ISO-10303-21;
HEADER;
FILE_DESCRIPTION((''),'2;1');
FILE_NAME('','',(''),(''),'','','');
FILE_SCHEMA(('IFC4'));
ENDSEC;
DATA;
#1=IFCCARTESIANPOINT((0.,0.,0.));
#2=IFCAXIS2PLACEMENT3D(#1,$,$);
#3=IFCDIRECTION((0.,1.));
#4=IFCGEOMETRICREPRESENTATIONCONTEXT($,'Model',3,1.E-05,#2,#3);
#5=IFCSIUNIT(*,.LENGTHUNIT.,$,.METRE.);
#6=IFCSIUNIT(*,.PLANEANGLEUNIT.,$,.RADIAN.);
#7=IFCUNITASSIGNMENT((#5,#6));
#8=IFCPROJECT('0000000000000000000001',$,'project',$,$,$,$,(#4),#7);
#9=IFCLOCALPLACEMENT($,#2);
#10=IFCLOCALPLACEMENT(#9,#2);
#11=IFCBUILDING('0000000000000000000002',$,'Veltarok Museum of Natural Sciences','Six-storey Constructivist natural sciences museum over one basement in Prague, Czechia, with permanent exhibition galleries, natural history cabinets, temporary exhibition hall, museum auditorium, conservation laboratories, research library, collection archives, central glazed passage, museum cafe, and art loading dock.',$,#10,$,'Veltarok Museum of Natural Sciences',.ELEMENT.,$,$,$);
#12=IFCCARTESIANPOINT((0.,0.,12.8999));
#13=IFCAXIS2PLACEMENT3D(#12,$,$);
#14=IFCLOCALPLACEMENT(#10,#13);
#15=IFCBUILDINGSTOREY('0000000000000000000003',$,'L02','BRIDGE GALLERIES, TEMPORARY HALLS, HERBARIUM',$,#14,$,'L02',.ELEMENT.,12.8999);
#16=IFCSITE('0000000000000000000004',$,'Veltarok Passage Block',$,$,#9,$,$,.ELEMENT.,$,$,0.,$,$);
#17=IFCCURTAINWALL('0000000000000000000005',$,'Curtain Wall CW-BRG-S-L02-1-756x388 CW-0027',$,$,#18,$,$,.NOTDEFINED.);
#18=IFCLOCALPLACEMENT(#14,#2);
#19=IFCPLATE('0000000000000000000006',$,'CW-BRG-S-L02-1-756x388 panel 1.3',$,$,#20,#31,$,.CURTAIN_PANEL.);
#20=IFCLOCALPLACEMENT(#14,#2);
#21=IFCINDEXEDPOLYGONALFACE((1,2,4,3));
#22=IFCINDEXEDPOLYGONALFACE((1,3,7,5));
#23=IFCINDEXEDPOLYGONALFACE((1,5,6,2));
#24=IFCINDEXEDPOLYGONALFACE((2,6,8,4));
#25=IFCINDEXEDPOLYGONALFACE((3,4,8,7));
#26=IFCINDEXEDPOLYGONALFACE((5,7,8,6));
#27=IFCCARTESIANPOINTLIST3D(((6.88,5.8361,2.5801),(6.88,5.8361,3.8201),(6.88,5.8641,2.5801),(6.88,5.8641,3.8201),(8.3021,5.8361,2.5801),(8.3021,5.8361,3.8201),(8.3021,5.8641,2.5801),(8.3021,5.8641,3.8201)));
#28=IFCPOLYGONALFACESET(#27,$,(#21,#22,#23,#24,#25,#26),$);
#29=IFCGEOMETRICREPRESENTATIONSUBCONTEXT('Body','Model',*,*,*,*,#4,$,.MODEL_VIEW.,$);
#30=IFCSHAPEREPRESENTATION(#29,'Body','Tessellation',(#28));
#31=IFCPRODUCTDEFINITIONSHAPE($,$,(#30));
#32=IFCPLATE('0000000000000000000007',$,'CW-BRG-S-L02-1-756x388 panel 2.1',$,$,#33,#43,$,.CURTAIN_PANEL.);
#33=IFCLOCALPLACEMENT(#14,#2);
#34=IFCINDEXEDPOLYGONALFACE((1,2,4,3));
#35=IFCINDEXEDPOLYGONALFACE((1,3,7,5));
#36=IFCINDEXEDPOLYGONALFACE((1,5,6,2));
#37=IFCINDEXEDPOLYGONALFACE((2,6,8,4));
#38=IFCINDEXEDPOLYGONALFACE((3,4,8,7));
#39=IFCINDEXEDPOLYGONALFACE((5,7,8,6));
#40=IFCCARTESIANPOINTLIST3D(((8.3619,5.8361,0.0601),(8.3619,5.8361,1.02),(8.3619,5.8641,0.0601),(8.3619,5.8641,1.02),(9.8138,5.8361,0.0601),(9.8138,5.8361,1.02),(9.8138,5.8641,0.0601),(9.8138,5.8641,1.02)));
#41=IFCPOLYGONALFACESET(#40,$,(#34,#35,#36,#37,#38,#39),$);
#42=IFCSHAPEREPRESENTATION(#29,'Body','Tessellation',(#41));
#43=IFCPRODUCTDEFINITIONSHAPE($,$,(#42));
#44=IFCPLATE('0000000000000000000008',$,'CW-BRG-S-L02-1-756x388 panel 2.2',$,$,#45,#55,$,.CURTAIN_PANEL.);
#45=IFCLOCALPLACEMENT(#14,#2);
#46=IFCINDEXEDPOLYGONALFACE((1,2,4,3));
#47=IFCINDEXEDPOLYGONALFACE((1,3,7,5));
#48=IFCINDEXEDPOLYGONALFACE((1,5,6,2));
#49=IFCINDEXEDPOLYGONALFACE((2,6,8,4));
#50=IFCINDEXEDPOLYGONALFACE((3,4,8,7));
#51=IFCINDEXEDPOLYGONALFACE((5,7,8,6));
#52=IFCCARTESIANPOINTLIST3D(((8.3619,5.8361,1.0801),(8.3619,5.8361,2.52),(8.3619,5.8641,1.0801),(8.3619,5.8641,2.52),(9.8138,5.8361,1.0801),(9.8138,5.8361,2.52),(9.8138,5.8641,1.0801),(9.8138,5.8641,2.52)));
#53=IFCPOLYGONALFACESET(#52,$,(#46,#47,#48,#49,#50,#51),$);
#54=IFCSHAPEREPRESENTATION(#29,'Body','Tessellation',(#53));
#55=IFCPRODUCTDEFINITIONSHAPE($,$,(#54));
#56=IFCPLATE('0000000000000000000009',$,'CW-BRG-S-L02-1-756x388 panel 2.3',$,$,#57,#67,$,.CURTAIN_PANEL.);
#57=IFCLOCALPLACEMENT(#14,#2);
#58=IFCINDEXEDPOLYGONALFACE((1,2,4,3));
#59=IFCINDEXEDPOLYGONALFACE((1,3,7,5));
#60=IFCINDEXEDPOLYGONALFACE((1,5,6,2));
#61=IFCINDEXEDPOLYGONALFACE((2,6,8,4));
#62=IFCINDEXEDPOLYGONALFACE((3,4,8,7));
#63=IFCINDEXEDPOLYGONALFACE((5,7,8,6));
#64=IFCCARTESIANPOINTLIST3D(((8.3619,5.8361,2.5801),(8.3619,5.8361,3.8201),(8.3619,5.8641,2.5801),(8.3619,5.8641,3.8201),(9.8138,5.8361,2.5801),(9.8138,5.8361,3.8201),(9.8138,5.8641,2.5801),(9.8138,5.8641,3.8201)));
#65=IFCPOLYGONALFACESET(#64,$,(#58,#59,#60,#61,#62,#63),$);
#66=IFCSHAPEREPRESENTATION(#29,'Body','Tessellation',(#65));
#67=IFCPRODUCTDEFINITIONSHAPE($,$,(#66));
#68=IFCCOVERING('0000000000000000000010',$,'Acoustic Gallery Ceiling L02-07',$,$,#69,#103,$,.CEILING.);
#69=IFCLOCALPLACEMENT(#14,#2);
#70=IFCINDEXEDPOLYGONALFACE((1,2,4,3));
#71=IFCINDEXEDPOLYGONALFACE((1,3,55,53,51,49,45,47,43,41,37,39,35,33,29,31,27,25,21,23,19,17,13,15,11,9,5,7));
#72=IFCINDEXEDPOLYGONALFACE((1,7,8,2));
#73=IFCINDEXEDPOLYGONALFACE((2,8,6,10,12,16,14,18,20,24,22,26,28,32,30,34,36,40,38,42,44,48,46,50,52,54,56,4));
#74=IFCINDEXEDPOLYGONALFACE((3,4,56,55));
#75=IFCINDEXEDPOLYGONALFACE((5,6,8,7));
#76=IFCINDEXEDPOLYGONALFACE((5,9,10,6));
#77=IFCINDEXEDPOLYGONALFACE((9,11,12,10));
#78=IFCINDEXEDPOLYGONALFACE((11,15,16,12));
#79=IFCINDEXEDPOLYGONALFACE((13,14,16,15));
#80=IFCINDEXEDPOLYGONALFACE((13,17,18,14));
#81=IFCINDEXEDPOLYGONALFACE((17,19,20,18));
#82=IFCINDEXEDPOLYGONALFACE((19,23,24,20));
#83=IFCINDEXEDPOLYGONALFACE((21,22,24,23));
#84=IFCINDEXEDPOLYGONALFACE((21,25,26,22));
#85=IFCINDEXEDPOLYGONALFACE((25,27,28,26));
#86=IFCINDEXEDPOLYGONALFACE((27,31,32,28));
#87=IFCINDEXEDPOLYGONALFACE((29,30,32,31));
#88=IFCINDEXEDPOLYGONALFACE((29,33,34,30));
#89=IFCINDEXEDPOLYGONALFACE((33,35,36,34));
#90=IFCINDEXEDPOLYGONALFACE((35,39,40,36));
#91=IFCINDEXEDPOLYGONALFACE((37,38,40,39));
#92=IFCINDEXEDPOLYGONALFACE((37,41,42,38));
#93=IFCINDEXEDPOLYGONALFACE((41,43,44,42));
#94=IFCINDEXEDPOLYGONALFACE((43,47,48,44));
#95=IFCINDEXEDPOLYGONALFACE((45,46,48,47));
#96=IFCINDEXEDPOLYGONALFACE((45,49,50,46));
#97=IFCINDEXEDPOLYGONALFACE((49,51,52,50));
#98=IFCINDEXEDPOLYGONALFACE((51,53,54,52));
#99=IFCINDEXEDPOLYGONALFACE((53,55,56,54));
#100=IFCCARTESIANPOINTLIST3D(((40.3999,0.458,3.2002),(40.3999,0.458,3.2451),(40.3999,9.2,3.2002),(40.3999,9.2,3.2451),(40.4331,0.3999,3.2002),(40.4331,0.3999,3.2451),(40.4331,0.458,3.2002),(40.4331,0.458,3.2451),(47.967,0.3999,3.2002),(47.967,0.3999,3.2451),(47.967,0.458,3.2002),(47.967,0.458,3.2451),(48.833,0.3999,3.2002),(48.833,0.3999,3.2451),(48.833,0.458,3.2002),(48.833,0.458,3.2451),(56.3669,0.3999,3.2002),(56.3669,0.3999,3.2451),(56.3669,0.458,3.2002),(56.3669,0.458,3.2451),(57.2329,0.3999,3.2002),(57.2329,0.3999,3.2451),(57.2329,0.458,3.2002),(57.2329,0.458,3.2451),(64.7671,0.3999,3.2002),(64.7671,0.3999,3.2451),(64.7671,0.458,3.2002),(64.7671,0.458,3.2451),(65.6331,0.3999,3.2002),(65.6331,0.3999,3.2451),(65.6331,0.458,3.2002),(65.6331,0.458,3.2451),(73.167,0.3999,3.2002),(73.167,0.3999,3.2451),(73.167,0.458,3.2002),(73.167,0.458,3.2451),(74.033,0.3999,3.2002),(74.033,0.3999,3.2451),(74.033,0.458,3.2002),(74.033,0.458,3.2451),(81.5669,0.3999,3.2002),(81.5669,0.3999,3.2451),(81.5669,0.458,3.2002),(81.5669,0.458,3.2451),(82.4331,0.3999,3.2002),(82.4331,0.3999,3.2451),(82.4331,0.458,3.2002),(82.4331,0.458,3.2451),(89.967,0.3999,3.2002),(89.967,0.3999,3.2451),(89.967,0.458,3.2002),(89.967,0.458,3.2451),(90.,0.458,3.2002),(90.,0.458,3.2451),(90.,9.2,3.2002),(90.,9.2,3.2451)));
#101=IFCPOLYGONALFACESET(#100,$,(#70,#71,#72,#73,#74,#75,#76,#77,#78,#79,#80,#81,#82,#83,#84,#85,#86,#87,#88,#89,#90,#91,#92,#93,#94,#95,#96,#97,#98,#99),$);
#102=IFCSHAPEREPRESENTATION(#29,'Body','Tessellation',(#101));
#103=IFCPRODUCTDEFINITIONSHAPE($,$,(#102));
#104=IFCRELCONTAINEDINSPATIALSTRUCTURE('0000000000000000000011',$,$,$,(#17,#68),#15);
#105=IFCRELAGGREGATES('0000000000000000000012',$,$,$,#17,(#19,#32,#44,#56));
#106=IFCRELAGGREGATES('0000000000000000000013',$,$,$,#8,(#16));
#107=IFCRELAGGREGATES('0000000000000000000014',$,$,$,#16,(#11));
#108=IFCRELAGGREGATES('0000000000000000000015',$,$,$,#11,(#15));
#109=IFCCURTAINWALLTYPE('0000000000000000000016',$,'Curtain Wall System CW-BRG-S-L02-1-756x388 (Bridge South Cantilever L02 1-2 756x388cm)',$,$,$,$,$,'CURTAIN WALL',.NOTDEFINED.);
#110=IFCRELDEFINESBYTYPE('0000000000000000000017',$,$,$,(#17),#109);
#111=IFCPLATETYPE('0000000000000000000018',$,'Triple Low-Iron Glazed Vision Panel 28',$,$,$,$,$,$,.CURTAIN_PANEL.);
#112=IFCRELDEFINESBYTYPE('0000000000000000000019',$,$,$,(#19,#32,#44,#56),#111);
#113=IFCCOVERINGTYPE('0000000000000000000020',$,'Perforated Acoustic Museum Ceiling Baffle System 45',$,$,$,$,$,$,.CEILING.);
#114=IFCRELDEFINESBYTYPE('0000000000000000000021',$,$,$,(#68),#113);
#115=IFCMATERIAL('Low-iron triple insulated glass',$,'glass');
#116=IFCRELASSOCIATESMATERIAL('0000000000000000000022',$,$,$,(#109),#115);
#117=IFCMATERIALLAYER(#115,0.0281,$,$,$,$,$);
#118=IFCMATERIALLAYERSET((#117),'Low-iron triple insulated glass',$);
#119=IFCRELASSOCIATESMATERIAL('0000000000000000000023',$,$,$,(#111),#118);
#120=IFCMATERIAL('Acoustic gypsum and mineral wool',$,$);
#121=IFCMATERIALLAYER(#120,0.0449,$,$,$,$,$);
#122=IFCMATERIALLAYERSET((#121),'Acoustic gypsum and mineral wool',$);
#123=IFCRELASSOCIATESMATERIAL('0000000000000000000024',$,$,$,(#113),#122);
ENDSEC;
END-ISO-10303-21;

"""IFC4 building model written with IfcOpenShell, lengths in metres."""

from ifc_helpers import new_model, si_unit, direction, frame, origin, origin_2d, place, context, subcontext, project, spatial, polyline, rectangle, outline, extrude, material, layer, layer_set, type_object, element, aggregate, save


model = new_model("IFC4")

# Units and contexts
model_context = context("Model", 3, precision=1e-05, world=origin(), true_north=direction((0.0, 1.0)))
body_context = subcontext(model_context, "Body", "Model", "MODEL_VIEW")
ifc_project = project(units=[si_unit("LENGTHUNIT", "METRE"), si_unit("PLANEANGLEUNIT", "RADIAN")], contexts=[model_context])

# Site, building, storey
site_placement = place(None, origin())
site = spatial("IfcSite", under=ifc_project, at=site_placement, Name="Veltarok Passage Block", CompositionType="ELEMENT", RefElevation=0.0)
building_placement = place(site_placement, origin())
building = spatial("IfcBuilding", under=site, at=building_placement, Name="Veltarok Museum of Natural Sciences", Description="Six-storey Constructivist natural sciences museum over one basement in Prague, Czechia, with permanent exhibition galleries, natural history cabinets, temporary exhibition hall, museum auditorium, conservation laboratories, research library, collection archives, central glazed passage, museum cafe, and art loading dock.", LongName="Veltarok Museum of Natural Sciences", CompositionType="ELEMENT")
storey_placement = place(building_placement, frame((0.0, 0.0, 12.8999)))
storey = spatial("IfcBuildingStorey", under=building, at=storey_placement, Name="L02", Description="BRIDGE GALLERIES, TEMPORARY HALLS, HERBARIUM", LongName="L02", CompositionType="ELEMENT", Elevation=12.8999)

# Curtain wall
ifc_material_1 = material(Name="Low-iron triple insulated glass", Category="glass")
curtain_wall_type = type_object("IfcCurtainWallType", Name="Curtain Wall System CW-BRG-S-L02-1-756x388 (Bridge South Cantilever L02 1-2 756x388cm)", ElementType="CURTAIN WALL", PredefinedType="NOTDEFINED", material=ifc_material_1)
curtain_wall_placement = place(storey_placement, origin())
curtain_wall = element("IfcCurtainWall", 1, at=curtain_wall_placement, inside=storey, type_object=curtain_wall_type, Name="Curtain Wall CW-BRG-S-L02-1-756x388 CW-0027", PredefinedType="NOTDEFINED")

# Plates
ifc_layer_1 = layer(ifc_material_1, 0.0281)
ifc_layer_set_1 = layer_set([ifc_layer_1], Name="Low-iron triple insulated glass")
plate_type_1 = type_object("IfcPlateType", Name="Triple Low-Iron Glazed Vision Panel 28", PredefinedType="CURTAIN_PANEL", material=ifc_layer_set_1)
plate_1_placement = place(storey_placement, frame((7.5911, 5.8501, 2.5801), z_axis=(0.0, 0.0, 1.0), x_axis=(1.0, 0.0, 0.0)))
plate_1 = element("IfcPlate", 2, at=plate_1_placement, type_object=plate_type_1, Name="CW-BRG-S-L02-1-756x388 panel 1.3", PredefinedType="CURTAIN_PANEL", context=body_context, shape_type="SweptSolid", body=[
    extrude(rectangle(XDim=1.4221, YDim=0.0281, at=origin_2d()), origin(), (0.0, 0.0, 1.0), 1.24),
])
plate_2_placement = place(storey_placement, frame((9.0879, 5.8501, 0.0601), z_axis=(0.0, 0.0, 1.0), x_axis=(1.0, 0.0, 0.0)))
plate_2 = element("IfcPlate", 3, at=plate_2_placement, type_object=plate_type_1, Name="CW-BRG-S-L02-1-756x388 panel 2.1", PredefinedType="CURTAIN_PANEL", context=body_context, shape_type="SweptSolid", body=[
    extrude(rectangle(XDim=1.4519, YDim=0.0281, at=origin_2d()), origin(), (0.0, 0.0, 1.0), 0.96),
])
plate_3_placement = place(storey_placement, frame((9.0879, 5.8501, 1.0801), z_axis=(0.0, 0.0, 1.0), x_axis=(1.0, 0.0, 0.0)))
plate_3 = element("IfcPlate", 4, at=plate_3_placement, type_object=plate_type_1, Name="CW-BRG-S-L02-1-756x388 panel 2.2", PredefinedType="CURTAIN_PANEL", context=body_context, shape_type="SweptSolid", body=[
    extrude(rectangle(XDim=1.4519, YDim=0.0281, at=origin_2d()), origin(), (0.0, 0.0, 1.0), 1.4399),
])
plate_4_placement = place(storey_placement, frame((9.0879, 5.8501, 2.5801), z_axis=(0.0, 0.0, 1.0), x_axis=(1.0, 0.0, 0.0)))
plate_4 = element("IfcPlate", 5, at=plate_4_placement, type_object=plate_type_1, Name="CW-BRG-S-L02-1-756x388 panel 2.3", PredefinedType="CURTAIN_PANEL", context=body_context, shape_type="SweptSolid", body=[
    extrude(rectangle(XDim=1.4519, YDim=0.0281, at=origin_2d()), origin(), (0.0, 0.0, 1.0), 1.24),
])
aggregate(curtain_wall, [plate_1, plate_2, plate_3, plate_4])

# Covering
ifc_material_2 = material(Name="Acoustic gypsum and mineral wool")
ifc_layer_2 = layer(ifc_material_2, 0.0449)
ifc_layer_set_2 = layer_set([ifc_layer_2], Name="Acoustic gypsum and mineral wool")
covering_type = type_object("IfcCoveringType", Name="Perforated Acoustic Museum Ceiling Baffle System 45", PredefinedType="CEILING", material=ifc_layer_set_2)
covering_1_placement = place(storey_placement, frame((0.0, 0.0, 3.2002)))
element("IfcCovering", 6, at=covering_1_placement, inside=storey, type_object=covering_type, Name="Acoustic Gallery Ceiling L02-07", PredefinedType="CEILING", context=body_context, shape_type="SweptSolid", body=[
    extrude(outline(polyline([(40.3999, 9.2), (90.0, 9.2), (90.0, 0.458), (89.967, 0.458), (89.967, 0.3999), (82.4331, 0.3999), (82.4331, 0.458), (81.5669, 0.458), (81.5669, 0.3999), (74.033, 0.3999), (74.033, 0.458), (73.167, 0.458), (73.167, 0.3999), (65.6331, 0.3999), (65.6331, 0.458), (64.7671, 0.458), (64.7671, 0.3999), (57.2329, 0.3999), (57.2329, 0.458), (56.3669, 0.458), (56.3669, 0.3999), (48.833, 0.3999), (48.833, 0.458), (47.967, 0.458), (47.967, 0.3999), (40.4331, 0.3999), (40.4331, 0.458), (40.3999, 0.458), (40.3999, 9.2)])), origin(), (0.0, 0.0, 1.0), 0.0449),
])

save(model, "model.ifc")
